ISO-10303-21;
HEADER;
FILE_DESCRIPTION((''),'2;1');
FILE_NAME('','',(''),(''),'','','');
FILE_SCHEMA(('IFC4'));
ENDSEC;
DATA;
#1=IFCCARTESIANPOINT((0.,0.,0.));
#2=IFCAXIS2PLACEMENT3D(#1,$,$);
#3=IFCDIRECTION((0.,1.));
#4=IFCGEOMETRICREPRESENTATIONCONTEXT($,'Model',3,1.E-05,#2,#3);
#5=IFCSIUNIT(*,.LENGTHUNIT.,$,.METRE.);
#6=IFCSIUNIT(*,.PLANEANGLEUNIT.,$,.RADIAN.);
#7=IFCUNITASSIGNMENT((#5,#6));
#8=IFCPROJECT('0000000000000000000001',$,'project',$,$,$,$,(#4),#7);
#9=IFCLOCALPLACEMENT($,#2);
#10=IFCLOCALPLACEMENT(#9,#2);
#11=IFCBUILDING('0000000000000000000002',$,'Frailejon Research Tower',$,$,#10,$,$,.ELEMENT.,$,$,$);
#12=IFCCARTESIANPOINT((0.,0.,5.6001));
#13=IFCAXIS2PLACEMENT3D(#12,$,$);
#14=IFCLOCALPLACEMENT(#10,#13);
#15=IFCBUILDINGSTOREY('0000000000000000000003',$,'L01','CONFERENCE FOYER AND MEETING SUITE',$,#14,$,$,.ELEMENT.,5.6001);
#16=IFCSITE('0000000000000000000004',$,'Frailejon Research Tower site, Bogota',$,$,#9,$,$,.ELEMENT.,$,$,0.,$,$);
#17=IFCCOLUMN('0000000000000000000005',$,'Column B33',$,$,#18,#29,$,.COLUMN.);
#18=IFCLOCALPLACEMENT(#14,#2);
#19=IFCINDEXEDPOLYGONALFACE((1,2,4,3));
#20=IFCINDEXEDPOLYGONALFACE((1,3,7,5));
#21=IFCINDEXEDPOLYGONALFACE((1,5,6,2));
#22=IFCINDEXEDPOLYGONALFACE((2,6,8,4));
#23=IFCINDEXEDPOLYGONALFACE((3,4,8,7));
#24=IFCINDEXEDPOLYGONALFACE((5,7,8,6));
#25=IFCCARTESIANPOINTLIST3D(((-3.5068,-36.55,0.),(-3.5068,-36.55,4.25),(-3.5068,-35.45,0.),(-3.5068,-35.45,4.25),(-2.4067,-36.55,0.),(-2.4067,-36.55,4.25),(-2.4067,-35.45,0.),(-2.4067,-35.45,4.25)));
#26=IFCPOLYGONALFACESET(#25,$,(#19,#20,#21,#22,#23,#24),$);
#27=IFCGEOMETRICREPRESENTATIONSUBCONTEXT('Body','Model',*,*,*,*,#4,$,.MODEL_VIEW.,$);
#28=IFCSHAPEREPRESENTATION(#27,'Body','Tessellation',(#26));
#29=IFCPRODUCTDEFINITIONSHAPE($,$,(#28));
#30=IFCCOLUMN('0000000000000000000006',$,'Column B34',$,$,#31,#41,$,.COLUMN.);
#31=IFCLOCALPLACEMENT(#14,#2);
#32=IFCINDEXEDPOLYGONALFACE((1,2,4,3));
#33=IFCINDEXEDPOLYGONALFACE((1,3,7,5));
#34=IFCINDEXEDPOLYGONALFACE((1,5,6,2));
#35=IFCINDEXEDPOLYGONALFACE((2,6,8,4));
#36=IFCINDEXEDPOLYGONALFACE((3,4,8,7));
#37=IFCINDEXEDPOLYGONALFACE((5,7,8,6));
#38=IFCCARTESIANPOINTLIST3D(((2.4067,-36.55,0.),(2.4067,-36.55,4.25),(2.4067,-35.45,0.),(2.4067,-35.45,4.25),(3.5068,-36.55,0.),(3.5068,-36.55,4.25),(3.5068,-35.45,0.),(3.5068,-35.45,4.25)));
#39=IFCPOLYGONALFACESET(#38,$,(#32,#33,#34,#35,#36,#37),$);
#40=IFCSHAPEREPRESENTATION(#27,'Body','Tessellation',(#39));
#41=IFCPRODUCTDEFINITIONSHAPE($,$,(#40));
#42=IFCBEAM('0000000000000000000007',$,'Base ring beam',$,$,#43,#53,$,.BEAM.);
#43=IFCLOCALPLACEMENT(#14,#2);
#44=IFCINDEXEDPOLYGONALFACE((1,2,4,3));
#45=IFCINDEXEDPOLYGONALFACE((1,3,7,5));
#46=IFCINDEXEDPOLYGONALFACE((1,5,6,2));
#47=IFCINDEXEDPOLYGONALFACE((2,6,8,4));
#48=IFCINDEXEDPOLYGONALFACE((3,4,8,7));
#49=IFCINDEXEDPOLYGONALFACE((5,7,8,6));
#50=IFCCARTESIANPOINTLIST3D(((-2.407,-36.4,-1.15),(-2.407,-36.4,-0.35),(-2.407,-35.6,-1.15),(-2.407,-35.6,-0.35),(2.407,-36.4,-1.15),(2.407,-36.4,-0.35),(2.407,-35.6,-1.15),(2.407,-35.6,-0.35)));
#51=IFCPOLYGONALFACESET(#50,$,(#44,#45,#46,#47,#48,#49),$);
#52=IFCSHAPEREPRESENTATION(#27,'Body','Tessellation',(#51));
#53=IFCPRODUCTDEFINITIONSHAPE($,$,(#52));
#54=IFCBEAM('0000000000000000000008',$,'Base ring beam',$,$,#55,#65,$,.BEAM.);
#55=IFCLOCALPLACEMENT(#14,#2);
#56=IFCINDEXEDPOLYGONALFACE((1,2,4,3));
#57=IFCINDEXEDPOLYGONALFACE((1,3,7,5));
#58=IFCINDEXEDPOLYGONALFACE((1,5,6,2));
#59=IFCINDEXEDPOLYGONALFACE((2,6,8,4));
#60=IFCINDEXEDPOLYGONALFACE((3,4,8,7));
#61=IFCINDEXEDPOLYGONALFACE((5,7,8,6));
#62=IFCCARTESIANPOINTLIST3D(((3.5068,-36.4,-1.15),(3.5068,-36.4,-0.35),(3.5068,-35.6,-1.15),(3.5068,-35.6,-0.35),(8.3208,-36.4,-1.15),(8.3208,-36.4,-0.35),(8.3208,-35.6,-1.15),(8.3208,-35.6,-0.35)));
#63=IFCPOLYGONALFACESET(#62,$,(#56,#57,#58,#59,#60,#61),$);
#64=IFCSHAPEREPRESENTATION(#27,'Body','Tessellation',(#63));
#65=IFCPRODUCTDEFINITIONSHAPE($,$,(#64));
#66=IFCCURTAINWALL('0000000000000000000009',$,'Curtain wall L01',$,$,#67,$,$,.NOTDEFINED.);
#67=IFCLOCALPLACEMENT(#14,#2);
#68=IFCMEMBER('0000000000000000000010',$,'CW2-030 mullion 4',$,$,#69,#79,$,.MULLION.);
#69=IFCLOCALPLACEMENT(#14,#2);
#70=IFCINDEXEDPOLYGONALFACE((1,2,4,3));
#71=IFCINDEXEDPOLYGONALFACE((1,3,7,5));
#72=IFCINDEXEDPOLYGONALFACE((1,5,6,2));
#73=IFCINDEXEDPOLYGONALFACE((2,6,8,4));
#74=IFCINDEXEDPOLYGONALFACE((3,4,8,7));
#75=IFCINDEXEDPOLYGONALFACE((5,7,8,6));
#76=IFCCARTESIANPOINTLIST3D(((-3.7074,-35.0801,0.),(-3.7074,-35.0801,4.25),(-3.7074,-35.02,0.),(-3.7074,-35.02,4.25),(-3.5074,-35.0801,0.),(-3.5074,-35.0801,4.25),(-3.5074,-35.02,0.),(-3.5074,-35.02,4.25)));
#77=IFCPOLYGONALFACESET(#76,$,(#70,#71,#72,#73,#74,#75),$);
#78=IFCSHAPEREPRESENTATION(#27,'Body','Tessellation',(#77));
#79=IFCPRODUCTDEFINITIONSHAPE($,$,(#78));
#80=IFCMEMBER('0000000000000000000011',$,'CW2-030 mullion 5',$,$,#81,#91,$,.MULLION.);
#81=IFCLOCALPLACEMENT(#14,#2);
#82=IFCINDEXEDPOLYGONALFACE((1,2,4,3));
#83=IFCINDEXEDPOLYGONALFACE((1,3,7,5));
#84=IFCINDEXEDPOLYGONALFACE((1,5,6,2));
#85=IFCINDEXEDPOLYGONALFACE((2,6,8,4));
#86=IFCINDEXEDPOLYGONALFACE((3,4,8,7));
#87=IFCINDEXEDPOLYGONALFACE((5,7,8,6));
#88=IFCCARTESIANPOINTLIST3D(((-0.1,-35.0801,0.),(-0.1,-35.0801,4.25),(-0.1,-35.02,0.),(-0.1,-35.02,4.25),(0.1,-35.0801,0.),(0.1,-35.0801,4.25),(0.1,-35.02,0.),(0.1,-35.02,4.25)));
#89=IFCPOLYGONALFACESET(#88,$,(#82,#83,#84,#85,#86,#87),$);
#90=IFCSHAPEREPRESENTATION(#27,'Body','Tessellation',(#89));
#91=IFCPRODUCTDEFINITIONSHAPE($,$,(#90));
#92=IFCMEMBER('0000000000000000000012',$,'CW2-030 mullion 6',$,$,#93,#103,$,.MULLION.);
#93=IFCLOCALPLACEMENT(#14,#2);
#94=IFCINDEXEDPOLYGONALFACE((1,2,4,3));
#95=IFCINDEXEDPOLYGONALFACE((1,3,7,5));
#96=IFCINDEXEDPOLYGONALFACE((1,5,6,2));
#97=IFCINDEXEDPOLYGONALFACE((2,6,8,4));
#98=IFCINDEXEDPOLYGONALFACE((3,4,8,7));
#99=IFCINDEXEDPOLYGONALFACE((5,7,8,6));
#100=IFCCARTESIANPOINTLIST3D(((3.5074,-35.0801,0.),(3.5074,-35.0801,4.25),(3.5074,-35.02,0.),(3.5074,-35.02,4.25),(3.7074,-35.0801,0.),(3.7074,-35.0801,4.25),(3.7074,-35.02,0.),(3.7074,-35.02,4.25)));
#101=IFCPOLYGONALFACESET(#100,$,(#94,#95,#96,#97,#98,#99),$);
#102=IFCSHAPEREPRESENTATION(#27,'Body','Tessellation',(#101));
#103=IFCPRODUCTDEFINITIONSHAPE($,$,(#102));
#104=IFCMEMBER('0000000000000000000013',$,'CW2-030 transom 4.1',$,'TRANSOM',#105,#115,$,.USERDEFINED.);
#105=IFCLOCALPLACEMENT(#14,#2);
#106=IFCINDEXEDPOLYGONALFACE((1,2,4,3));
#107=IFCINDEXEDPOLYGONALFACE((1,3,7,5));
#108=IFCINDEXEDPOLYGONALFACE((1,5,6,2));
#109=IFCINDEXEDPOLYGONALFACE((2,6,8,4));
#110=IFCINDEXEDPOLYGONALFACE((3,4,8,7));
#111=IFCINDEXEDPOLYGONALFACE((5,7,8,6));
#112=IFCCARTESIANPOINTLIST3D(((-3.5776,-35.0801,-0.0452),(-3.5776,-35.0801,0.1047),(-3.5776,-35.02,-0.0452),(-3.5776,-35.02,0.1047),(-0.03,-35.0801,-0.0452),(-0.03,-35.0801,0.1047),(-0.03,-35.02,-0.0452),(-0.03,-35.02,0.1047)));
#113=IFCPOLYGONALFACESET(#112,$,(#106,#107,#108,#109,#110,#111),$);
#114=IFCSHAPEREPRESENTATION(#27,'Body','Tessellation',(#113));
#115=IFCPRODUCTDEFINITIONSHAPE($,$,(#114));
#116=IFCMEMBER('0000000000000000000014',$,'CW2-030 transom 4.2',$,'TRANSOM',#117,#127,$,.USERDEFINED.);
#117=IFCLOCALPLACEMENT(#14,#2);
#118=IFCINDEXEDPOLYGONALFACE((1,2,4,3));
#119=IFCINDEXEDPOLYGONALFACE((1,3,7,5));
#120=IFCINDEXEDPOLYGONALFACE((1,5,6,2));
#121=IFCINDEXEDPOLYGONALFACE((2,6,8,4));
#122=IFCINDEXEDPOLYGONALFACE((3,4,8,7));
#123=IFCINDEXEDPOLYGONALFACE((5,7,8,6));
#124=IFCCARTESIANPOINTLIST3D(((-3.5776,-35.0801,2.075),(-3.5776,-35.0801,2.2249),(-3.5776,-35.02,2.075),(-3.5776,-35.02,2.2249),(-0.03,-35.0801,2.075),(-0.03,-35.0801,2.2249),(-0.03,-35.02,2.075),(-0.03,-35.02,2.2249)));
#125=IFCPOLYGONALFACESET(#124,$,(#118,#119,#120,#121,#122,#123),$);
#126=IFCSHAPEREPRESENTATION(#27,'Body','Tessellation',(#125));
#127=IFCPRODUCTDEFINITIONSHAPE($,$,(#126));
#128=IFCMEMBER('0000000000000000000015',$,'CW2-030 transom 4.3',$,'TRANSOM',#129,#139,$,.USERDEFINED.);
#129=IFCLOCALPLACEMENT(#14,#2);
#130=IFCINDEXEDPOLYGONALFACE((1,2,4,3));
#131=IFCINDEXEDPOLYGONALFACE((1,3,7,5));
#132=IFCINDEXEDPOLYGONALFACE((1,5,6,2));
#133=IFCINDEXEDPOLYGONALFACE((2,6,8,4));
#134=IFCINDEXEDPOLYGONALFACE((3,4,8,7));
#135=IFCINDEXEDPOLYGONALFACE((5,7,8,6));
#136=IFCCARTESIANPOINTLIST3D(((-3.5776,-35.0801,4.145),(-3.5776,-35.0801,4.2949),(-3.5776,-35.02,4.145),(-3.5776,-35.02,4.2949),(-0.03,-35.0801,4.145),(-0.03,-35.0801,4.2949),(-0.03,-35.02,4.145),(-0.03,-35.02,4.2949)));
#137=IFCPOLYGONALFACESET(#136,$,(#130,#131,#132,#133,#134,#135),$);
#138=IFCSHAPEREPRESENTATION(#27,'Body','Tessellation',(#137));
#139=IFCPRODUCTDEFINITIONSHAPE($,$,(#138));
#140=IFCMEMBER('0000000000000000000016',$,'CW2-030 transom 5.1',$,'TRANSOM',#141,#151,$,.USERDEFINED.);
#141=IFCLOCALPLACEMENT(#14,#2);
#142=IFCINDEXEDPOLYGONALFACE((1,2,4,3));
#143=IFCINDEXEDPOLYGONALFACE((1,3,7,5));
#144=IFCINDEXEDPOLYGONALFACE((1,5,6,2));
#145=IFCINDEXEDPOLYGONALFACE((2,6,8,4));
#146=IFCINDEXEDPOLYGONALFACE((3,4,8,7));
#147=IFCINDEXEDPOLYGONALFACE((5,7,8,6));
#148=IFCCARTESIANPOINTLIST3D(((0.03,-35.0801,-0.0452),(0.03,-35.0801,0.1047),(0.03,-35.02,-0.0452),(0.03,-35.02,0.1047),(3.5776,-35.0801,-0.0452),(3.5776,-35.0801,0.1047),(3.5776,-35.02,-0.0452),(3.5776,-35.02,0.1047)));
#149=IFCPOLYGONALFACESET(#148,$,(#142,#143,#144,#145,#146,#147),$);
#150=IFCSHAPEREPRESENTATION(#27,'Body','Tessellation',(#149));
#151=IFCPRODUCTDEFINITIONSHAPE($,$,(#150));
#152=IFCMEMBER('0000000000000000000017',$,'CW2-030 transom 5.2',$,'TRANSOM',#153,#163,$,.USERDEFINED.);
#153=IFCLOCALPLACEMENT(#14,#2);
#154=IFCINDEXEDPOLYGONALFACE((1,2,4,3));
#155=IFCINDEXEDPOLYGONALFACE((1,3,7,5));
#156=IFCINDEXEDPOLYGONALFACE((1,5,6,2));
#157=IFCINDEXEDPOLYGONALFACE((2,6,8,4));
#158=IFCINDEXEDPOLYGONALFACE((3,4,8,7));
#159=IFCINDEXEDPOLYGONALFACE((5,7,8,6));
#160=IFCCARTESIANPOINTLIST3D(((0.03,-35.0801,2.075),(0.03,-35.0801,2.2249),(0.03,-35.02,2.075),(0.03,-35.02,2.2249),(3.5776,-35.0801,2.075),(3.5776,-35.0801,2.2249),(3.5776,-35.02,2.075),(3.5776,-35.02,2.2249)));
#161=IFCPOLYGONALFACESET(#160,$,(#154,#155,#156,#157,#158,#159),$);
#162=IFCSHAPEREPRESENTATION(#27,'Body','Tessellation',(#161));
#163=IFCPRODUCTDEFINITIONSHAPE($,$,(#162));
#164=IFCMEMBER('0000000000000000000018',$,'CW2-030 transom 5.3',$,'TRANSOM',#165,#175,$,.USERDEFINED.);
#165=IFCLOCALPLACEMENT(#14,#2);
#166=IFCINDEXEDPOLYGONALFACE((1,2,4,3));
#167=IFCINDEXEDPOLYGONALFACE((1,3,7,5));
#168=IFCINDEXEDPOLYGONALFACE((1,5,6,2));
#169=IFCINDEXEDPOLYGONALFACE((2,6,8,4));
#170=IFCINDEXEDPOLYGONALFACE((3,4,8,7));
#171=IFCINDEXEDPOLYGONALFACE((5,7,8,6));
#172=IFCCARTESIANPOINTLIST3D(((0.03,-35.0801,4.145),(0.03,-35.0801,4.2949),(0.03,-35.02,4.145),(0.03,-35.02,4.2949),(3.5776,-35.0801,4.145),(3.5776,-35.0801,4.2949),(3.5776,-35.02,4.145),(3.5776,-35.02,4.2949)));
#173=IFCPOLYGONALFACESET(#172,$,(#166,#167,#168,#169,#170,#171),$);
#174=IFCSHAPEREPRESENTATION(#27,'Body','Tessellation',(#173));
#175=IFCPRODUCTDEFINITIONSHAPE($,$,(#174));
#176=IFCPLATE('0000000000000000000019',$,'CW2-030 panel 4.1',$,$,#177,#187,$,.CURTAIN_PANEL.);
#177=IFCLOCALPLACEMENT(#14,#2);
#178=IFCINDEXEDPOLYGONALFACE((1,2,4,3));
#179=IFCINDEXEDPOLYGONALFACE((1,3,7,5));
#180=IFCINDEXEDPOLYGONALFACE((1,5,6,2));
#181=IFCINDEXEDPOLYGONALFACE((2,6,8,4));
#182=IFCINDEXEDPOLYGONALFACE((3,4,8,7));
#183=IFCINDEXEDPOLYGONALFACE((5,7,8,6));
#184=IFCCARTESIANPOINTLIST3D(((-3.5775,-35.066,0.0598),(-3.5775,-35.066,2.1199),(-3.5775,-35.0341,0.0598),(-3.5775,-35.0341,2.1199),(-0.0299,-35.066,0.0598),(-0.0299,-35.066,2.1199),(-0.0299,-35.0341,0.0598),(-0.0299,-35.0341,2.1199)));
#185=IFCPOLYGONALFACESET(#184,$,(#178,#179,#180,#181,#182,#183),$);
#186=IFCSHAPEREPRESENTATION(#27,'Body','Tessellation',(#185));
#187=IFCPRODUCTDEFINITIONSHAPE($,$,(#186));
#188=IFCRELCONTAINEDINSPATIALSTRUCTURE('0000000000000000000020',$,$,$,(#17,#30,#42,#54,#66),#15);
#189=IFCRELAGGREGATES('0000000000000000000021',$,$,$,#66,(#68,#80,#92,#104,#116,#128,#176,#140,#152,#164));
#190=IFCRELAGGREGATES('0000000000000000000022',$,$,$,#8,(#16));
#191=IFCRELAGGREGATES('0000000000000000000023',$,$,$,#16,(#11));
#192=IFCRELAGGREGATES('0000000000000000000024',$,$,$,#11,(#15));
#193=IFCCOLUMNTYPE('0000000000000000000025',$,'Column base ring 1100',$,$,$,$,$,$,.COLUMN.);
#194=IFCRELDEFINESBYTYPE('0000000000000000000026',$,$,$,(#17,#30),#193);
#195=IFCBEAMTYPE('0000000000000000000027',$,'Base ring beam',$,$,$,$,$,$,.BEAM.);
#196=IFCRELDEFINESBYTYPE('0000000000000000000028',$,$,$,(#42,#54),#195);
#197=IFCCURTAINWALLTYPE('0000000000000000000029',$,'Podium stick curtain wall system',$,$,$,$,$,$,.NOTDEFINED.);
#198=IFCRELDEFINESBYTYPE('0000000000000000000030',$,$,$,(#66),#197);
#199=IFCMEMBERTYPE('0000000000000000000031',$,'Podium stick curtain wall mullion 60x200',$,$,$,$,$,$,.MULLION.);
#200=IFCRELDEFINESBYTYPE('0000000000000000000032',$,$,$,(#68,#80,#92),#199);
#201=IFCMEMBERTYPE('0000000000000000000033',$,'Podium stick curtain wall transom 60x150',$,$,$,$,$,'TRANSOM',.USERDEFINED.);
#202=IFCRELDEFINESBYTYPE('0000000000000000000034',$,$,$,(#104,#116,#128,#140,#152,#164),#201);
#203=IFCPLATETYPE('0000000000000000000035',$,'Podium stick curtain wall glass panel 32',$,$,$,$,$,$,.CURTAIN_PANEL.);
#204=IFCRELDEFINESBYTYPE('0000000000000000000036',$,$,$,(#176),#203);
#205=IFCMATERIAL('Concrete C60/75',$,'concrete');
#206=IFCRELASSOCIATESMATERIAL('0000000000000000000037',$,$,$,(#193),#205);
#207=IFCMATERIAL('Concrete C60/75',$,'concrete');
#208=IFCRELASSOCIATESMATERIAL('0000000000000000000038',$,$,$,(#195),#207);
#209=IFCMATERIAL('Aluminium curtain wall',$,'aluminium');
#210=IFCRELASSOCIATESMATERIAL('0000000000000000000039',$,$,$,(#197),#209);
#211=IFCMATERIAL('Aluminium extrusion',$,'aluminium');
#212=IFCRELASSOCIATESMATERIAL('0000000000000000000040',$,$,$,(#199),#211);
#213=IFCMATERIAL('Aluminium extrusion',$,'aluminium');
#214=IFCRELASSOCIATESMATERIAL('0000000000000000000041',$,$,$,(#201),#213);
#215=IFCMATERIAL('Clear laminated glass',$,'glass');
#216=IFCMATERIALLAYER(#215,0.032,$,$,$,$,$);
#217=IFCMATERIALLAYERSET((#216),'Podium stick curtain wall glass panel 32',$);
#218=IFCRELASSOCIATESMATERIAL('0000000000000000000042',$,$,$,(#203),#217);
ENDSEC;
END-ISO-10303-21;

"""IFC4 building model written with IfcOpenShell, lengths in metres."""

from ifc_helpers import new_model, si_unit, direction, frame, origin, origin_2d, place, context, subcontext, project, spatial, rectangle, extrude, material, layer, layer_set, material_profile, profile_set, type_object, element, aggregate, save


model = new_model("IFC4")

# Units and contexts
model_context = context("Model", 3, precision=1e-05, world=origin(), true_north=direction((0.0, 1.0)))
body_context = subcontext(model_context, "Body", "Model", "MODEL_VIEW")
ifc_project = project(units=[si_unit("LENGTHUNIT", "METRE"), si_unit("PLANEANGLEUNIT", "RADIAN")], contexts=[model_context])

# Site, building, storey
site_placement = place(None, origin())
site = spatial("IfcSite", under=ifc_project, at=site_placement, Name="Frailejon Research Tower site, Bogota", CompositionType="ELEMENT", RefElevation=0.0)
building_placement = place(site_placement, origin())
building = spatial("IfcBuilding", under=site, at=building_placement, Name="Frailejon Research Tower", CompositionType="ELEMENT")
storey_placement = place(building_placement, frame((0.0, 0.0, 5.6001)))
storey = spatial("IfcBuildingStorey", under=building, at=storey_placement, Name="L01", Description="CONFERENCE FOYER AND MEETING SUITE", CompositionType="ELEMENT", Elevation=5.6001)

# Columns
ifc_material_1 = material(Name="Concrete C60/75", Category="concrete")
ifc_material_profile_1 = material_profile(ifc_material_1, rectangle(XDim=1.1001, YDim=1.1001, at=origin_2d()), Name="Column base ring 1100")
ifc_profile_set_1 = profile_set([ifc_material_profile_1], Name="Concrete C60/75")
column_type = type_object("IfcColumnType", Name="Column base ring 1100", PredefinedType="COLUMN", material=ifc_profile_set_1)
for number, where, z_axis, x_axis, name in (
    (1, (-2.9568, -36.0, 0.0), (0.0, 0.0, 1.0), (1.0, 0.0, 0.0), "Column B33"),
    (2, (2.9568, -36.0, 0.0), (0.0, 0.0, 1.0), (1.0, 0.0, 0.0), "Column B34"),
):
    element("IfcColumn", number, at=place(storey_placement, frame(where, z_axis=z_axis, x_axis=x_axis)), inside=storey, type_object=column_type, Name=name, PredefinedType="COLUMN", context=body_context, shape_type="SweptSolid", body=[
        extrude(rectangle(XDim=1.1001, YDim=1.1001, at=origin_2d()), origin(), (0.0, 0.0, 1.0), 4.25),
    ])

# Beams
ifc_material_2 = material(Name="Concrete C60/75", Category="concrete")
ifc_material_profile_2 = material_profile(ifc_material_2, rectangle(XDim=0.8, YDim=0.8, at=origin_2d()), Name="Base ring beam")
ifc_profile_set_2 = profile_set([ifc_material_profile_2], Name="Concrete C60/75")
beam_type = type_object("IfcBeamType", Name="Base ring beam", PredefinedType="BEAM", material=ifc_profile_set_2)
for number, where, z_axis, x_axis, name in (
    (3, (-2.407, -36.0, -0.75), (1.0, 0.0, 0.0), (0.0, 1.0, 0.0), "Base ring beam"),
    (4, (3.5068, -36.0, -0.75), (1.0, 0.0, 0.0), (0.0, 1.0, 0.0), "Base ring beam"),
):
    element("IfcBeam", number, at=place(storey_placement, frame(where, z_axis=z_axis, x_axis=x_axis)), inside=storey, type_object=beam_type, Name=name, PredefinedType="BEAM", context=body_context, shape_type="SweptSolid", body=[
        extrude(rectangle(XDim=0.8, YDim=0.8, at=origin_2d()), origin(), (0.0, 0.0, 1.0), 4.814),
    ])

# Curtain wall, members, plate
ifc_material_3 = material(Name="Aluminium curtain wall", Category="aluminium")
curtain_wall_type = type_object("IfcCurtainWallType", Name="Podium stick curtain wall system", PredefinedType="NOTDEFINED", material=ifc_material_3)
curtain_wall_placement = place(storey_placement, origin())
curtain_wall = element("IfcCurtainWall", 5, at=curtain_wall_placement, inside=storey, type_object=curtain_wall_type, Name="Curtain wall L01", PredefinedType="NOTDEFINED")
ifc_material_4 = material(Name="Aluminium extrusion", Category="aluminium")
ifc_material_profile_3 = material_profile(ifc_material_4, rectangle(XDim=0.0601, YDim=0.2, at=origin_2d()), Name="Podium stick curtain wall mullion 60x200")
ifc_profile_set_3 = profile_set([ifc_material_profile_3], Name="Aluminium extrusion")
member_type_1 = type_object("IfcMemberType", Name="Podium stick curtain wall mullion 60x200", PredefinedType="MULLION", material=ifc_profile_set_3)
member_1_placement = place(storey_placement, frame((-3.6074, -35.05, 0.0), z_axis=(0.0, 0.0, 1.0), x_axis=(0.0, 1.0, 0.0)))
member_1 = element("IfcMember", 6, at=member_1_placement, type_object=member_type_1, Name="CW2-030 mullion 4", PredefinedType="MULLION", context=body_context, shape_type="SweptSolid", body=[
    extrude(rectangle(XDim=0.0601, YDim=0.2, at=origin_2d()), origin(), (0.0, 0.0, 1.0), 4.25),
])
member_2_placement = place(storey_placement, frame((0.0, -35.05, 0.0), z_axis=(0.0, 0.0, 1.0), x_axis=(0.0, 1.0, 0.0)))
member_2 = element("IfcMember", 7, at=member_2_placement, type_object=member_type_1, Name="CW2-030 mullion 5", PredefinedType="MULLION", context=body_context, shape_type="SweptSolid", body=[
    extrude(rectangle(XDim=0.0601, YDim=0.2, at=origin_2d()), origin(), (0.0, 0.0, 1.0), 4.25),
])
member_3_placement = place(storey_placement, frame((3.6074, -35.05, 0.0), z_axis=(0.0, 0.0, 1.0), x_axis=(0.0, 1.0, 0.0)))
member_3 = element("IfcMember", 8, at=member_3_placement, type_object=member_type_1, Name="CW2-030 mullion 6", PredefinedType="MULLION", context=body_context, shape_type="SweptSolid", body=[
    extrude(rectangle(XDim=0.0601, YDim=0.2, at=origin_2d()), origin(), (0.0, 0.0, 1.0), 4.25),
])
ifc_material_5 = material(Name="Aluminium extrusion", Category="aluminium")
ifc_material_profile_4 = material_profile(ifc_material_5, rectangle(XDim=0.0601, YDim=0.1499, at=origin_2d()), Name="Podium stick curtain wall transom 60x150")
ifc_profile_set_4 = profile_set([ifc_material_profile_4], Name="Aluminium extrusion")
member_type_2 = type_object("IfcMemberType", Name="Podium stick curtain wall transom 60x150", ElementType="TRANSOM", PredefinedType="USERDEFINED", material=ifc_profile_set_4)
member_4_placement = place(storey_placement, frame((-3.5776, -35.05, 0.0298), z_axis=(1.0, 0.0, 0.0), x_axis=(0.0, 1.0, 0.0)))
member_4 = element("IfcMember", 9, at=member_4_placement, type_object=member_type_2, Name="CW2-030 transom 4.1", ObjectType="TRANSOM", PredefinedType="USERDEFINED", context=body_context, shape_type="SweptSolid", body=[
    extrude(rectangle(XDim=0.0601, YDim=0.1499, at=origin_2d()), origin(), (0.0, 0.0, 1.0), 3.5476),
])
member_5_placement = place(storey_placement, frame((-3.5776, -35.05, 2.1499), z_axis=(1.0, 0.0, 0.0), x_axis=(0.0, 1.0, 0.0)))
member_5 = element("IfcMember", 10, at=member_5_placement, type_object=member_type_2, Name="CW2-030 transom 4.2", ObjectType="TRANSOM", PredefinedType="USERDEFINED", context=body_context, shape_type="SweptSolid", body=[
    extrude(rectangle(XDim=0.0601, YDim=0.1499, at=origin_2d()), origin(), (0.0, 0.0, 1.0), 3.5476),
])
member_6_placement = place(storey_placement, frame((-3.5776, -35.05, 4.22), z_axis=(1.0, 0.0, 0.0), x_axis=(0.0, 1.0, 0.0)))
member_6 = element("IfcMember", 11, at=member_6_placement, type_object=member_type_2, Name="CW2-030 transom 4.3", ObjectType="TRANSOM", PredefinedType="USERDEFINED", context=body_context, shape_type="SweptSolid", body=[
    extrude(rectangle(XDim=0.0601, YDim=0.1499, at=origin_2d()), origin(), (0.0, 0.0, 1.0), 3.5476),
])
member_7_placement = place(storey_placement, frame((0.03, -35.05, 0.0298), z_axis=(1.0, 0.0, 0.0), x_axis=(0.0, 1.0, 0.0)))
member_7 = element("IfcMember", 12, at=member_7_placement, type_object=member_type_2, Name="CW2-030 transom 5.1", ObjectType="TRANSOM", PredefinedType="USERDEFINED", context=body_context, shape_type="SweptSolid", body=[
    extrude(rectangle(XDim=0.0601, YDim=0.1499, at=origin_2d()), origin(), (0.0, 0.0, 1.0), 3.5476),
])
member_8_placement = place(storey_placement, frame((0.03, -35.05, 2.1499), z_axis=(1.0, 0.0, 0.0), x_axis=(0.0, 1.0, 0.0)))
member_8 = element("IfcMember", 13, at=member_8_placement, type_object=member_type_2, Name="CW2-030 transom 5.2", ObjectType="TRANSOM", PredefinedType="USERDEFINED", context=body_context, shape_type="SweptSolid", body=[
    extrude(rectangle(XDim=0.0601, YDim=0.1499, at=origin_2d()), origin(), (0.0, 0.0, 1.0), 3.5476),
])
member_9_placement = place(storey_placement, frame((0.03, -35.05, 4.22), z_axis=(1.0, 0.0, 0.0), x_axis=(0.0, 1.0, 0.0)))
member_9 = element("IfcMember", 14, at=member_9_placement, type_object=member_type_2, Name="CW2-030 transom 5.3", ObjectType="TRANSOM", PredefinedType="USERDEFINED", context=body_context, shape_type="SweptSolid", body=[
    extrude(rectangle(XDim=0.0601, YDim=0.1499, at=origin_2d()), origin(), (0.0, 0.0, 1.0), 3.5476),
])
ifc_material_6 = material(Name="Clear laminated glass", Category="glass")
ifc_layer_1 = layer(ifc_material_6, 0.032)
ifc_layer_set_1 = layer_set([ifc_layer_1], Name="Podium stick curtain wall glass panel 32")
plate_type = type_object("IfcPlateType", Name="Podium stick curtain wall glass panel 32", PredefinedType="CURTAIN_PANEL", material=ifc_layer_set_1)
plate_1_placement = place(storey_placement, frame((-1.8037, -35.05, 0.0598), z_axis=(0.0, 0.0, 1.0), x_axis=(1.0, 0.0, 0.0)))
plate_1 = element("IfcPlate", 15, at=plate_1_placement, type_object=plate_type, Name="CW2-030 panel 4.1", PredefinedType="CURTAIN_PANEL", context=body_context, shape_type="SweptSolid", body=[
    extrude(rectangle(XDim=3.5476, YDim=0.032, at=origin_2d()), origin(), (0.0, 0.0, 1.0), 2.0601),
])
aggregate(curtain_wall, [member_1, member_2, member_3, member_4, member_5, member_6, plate_1, member_7, member_8, member_9])

save(model, "model.ifc")
